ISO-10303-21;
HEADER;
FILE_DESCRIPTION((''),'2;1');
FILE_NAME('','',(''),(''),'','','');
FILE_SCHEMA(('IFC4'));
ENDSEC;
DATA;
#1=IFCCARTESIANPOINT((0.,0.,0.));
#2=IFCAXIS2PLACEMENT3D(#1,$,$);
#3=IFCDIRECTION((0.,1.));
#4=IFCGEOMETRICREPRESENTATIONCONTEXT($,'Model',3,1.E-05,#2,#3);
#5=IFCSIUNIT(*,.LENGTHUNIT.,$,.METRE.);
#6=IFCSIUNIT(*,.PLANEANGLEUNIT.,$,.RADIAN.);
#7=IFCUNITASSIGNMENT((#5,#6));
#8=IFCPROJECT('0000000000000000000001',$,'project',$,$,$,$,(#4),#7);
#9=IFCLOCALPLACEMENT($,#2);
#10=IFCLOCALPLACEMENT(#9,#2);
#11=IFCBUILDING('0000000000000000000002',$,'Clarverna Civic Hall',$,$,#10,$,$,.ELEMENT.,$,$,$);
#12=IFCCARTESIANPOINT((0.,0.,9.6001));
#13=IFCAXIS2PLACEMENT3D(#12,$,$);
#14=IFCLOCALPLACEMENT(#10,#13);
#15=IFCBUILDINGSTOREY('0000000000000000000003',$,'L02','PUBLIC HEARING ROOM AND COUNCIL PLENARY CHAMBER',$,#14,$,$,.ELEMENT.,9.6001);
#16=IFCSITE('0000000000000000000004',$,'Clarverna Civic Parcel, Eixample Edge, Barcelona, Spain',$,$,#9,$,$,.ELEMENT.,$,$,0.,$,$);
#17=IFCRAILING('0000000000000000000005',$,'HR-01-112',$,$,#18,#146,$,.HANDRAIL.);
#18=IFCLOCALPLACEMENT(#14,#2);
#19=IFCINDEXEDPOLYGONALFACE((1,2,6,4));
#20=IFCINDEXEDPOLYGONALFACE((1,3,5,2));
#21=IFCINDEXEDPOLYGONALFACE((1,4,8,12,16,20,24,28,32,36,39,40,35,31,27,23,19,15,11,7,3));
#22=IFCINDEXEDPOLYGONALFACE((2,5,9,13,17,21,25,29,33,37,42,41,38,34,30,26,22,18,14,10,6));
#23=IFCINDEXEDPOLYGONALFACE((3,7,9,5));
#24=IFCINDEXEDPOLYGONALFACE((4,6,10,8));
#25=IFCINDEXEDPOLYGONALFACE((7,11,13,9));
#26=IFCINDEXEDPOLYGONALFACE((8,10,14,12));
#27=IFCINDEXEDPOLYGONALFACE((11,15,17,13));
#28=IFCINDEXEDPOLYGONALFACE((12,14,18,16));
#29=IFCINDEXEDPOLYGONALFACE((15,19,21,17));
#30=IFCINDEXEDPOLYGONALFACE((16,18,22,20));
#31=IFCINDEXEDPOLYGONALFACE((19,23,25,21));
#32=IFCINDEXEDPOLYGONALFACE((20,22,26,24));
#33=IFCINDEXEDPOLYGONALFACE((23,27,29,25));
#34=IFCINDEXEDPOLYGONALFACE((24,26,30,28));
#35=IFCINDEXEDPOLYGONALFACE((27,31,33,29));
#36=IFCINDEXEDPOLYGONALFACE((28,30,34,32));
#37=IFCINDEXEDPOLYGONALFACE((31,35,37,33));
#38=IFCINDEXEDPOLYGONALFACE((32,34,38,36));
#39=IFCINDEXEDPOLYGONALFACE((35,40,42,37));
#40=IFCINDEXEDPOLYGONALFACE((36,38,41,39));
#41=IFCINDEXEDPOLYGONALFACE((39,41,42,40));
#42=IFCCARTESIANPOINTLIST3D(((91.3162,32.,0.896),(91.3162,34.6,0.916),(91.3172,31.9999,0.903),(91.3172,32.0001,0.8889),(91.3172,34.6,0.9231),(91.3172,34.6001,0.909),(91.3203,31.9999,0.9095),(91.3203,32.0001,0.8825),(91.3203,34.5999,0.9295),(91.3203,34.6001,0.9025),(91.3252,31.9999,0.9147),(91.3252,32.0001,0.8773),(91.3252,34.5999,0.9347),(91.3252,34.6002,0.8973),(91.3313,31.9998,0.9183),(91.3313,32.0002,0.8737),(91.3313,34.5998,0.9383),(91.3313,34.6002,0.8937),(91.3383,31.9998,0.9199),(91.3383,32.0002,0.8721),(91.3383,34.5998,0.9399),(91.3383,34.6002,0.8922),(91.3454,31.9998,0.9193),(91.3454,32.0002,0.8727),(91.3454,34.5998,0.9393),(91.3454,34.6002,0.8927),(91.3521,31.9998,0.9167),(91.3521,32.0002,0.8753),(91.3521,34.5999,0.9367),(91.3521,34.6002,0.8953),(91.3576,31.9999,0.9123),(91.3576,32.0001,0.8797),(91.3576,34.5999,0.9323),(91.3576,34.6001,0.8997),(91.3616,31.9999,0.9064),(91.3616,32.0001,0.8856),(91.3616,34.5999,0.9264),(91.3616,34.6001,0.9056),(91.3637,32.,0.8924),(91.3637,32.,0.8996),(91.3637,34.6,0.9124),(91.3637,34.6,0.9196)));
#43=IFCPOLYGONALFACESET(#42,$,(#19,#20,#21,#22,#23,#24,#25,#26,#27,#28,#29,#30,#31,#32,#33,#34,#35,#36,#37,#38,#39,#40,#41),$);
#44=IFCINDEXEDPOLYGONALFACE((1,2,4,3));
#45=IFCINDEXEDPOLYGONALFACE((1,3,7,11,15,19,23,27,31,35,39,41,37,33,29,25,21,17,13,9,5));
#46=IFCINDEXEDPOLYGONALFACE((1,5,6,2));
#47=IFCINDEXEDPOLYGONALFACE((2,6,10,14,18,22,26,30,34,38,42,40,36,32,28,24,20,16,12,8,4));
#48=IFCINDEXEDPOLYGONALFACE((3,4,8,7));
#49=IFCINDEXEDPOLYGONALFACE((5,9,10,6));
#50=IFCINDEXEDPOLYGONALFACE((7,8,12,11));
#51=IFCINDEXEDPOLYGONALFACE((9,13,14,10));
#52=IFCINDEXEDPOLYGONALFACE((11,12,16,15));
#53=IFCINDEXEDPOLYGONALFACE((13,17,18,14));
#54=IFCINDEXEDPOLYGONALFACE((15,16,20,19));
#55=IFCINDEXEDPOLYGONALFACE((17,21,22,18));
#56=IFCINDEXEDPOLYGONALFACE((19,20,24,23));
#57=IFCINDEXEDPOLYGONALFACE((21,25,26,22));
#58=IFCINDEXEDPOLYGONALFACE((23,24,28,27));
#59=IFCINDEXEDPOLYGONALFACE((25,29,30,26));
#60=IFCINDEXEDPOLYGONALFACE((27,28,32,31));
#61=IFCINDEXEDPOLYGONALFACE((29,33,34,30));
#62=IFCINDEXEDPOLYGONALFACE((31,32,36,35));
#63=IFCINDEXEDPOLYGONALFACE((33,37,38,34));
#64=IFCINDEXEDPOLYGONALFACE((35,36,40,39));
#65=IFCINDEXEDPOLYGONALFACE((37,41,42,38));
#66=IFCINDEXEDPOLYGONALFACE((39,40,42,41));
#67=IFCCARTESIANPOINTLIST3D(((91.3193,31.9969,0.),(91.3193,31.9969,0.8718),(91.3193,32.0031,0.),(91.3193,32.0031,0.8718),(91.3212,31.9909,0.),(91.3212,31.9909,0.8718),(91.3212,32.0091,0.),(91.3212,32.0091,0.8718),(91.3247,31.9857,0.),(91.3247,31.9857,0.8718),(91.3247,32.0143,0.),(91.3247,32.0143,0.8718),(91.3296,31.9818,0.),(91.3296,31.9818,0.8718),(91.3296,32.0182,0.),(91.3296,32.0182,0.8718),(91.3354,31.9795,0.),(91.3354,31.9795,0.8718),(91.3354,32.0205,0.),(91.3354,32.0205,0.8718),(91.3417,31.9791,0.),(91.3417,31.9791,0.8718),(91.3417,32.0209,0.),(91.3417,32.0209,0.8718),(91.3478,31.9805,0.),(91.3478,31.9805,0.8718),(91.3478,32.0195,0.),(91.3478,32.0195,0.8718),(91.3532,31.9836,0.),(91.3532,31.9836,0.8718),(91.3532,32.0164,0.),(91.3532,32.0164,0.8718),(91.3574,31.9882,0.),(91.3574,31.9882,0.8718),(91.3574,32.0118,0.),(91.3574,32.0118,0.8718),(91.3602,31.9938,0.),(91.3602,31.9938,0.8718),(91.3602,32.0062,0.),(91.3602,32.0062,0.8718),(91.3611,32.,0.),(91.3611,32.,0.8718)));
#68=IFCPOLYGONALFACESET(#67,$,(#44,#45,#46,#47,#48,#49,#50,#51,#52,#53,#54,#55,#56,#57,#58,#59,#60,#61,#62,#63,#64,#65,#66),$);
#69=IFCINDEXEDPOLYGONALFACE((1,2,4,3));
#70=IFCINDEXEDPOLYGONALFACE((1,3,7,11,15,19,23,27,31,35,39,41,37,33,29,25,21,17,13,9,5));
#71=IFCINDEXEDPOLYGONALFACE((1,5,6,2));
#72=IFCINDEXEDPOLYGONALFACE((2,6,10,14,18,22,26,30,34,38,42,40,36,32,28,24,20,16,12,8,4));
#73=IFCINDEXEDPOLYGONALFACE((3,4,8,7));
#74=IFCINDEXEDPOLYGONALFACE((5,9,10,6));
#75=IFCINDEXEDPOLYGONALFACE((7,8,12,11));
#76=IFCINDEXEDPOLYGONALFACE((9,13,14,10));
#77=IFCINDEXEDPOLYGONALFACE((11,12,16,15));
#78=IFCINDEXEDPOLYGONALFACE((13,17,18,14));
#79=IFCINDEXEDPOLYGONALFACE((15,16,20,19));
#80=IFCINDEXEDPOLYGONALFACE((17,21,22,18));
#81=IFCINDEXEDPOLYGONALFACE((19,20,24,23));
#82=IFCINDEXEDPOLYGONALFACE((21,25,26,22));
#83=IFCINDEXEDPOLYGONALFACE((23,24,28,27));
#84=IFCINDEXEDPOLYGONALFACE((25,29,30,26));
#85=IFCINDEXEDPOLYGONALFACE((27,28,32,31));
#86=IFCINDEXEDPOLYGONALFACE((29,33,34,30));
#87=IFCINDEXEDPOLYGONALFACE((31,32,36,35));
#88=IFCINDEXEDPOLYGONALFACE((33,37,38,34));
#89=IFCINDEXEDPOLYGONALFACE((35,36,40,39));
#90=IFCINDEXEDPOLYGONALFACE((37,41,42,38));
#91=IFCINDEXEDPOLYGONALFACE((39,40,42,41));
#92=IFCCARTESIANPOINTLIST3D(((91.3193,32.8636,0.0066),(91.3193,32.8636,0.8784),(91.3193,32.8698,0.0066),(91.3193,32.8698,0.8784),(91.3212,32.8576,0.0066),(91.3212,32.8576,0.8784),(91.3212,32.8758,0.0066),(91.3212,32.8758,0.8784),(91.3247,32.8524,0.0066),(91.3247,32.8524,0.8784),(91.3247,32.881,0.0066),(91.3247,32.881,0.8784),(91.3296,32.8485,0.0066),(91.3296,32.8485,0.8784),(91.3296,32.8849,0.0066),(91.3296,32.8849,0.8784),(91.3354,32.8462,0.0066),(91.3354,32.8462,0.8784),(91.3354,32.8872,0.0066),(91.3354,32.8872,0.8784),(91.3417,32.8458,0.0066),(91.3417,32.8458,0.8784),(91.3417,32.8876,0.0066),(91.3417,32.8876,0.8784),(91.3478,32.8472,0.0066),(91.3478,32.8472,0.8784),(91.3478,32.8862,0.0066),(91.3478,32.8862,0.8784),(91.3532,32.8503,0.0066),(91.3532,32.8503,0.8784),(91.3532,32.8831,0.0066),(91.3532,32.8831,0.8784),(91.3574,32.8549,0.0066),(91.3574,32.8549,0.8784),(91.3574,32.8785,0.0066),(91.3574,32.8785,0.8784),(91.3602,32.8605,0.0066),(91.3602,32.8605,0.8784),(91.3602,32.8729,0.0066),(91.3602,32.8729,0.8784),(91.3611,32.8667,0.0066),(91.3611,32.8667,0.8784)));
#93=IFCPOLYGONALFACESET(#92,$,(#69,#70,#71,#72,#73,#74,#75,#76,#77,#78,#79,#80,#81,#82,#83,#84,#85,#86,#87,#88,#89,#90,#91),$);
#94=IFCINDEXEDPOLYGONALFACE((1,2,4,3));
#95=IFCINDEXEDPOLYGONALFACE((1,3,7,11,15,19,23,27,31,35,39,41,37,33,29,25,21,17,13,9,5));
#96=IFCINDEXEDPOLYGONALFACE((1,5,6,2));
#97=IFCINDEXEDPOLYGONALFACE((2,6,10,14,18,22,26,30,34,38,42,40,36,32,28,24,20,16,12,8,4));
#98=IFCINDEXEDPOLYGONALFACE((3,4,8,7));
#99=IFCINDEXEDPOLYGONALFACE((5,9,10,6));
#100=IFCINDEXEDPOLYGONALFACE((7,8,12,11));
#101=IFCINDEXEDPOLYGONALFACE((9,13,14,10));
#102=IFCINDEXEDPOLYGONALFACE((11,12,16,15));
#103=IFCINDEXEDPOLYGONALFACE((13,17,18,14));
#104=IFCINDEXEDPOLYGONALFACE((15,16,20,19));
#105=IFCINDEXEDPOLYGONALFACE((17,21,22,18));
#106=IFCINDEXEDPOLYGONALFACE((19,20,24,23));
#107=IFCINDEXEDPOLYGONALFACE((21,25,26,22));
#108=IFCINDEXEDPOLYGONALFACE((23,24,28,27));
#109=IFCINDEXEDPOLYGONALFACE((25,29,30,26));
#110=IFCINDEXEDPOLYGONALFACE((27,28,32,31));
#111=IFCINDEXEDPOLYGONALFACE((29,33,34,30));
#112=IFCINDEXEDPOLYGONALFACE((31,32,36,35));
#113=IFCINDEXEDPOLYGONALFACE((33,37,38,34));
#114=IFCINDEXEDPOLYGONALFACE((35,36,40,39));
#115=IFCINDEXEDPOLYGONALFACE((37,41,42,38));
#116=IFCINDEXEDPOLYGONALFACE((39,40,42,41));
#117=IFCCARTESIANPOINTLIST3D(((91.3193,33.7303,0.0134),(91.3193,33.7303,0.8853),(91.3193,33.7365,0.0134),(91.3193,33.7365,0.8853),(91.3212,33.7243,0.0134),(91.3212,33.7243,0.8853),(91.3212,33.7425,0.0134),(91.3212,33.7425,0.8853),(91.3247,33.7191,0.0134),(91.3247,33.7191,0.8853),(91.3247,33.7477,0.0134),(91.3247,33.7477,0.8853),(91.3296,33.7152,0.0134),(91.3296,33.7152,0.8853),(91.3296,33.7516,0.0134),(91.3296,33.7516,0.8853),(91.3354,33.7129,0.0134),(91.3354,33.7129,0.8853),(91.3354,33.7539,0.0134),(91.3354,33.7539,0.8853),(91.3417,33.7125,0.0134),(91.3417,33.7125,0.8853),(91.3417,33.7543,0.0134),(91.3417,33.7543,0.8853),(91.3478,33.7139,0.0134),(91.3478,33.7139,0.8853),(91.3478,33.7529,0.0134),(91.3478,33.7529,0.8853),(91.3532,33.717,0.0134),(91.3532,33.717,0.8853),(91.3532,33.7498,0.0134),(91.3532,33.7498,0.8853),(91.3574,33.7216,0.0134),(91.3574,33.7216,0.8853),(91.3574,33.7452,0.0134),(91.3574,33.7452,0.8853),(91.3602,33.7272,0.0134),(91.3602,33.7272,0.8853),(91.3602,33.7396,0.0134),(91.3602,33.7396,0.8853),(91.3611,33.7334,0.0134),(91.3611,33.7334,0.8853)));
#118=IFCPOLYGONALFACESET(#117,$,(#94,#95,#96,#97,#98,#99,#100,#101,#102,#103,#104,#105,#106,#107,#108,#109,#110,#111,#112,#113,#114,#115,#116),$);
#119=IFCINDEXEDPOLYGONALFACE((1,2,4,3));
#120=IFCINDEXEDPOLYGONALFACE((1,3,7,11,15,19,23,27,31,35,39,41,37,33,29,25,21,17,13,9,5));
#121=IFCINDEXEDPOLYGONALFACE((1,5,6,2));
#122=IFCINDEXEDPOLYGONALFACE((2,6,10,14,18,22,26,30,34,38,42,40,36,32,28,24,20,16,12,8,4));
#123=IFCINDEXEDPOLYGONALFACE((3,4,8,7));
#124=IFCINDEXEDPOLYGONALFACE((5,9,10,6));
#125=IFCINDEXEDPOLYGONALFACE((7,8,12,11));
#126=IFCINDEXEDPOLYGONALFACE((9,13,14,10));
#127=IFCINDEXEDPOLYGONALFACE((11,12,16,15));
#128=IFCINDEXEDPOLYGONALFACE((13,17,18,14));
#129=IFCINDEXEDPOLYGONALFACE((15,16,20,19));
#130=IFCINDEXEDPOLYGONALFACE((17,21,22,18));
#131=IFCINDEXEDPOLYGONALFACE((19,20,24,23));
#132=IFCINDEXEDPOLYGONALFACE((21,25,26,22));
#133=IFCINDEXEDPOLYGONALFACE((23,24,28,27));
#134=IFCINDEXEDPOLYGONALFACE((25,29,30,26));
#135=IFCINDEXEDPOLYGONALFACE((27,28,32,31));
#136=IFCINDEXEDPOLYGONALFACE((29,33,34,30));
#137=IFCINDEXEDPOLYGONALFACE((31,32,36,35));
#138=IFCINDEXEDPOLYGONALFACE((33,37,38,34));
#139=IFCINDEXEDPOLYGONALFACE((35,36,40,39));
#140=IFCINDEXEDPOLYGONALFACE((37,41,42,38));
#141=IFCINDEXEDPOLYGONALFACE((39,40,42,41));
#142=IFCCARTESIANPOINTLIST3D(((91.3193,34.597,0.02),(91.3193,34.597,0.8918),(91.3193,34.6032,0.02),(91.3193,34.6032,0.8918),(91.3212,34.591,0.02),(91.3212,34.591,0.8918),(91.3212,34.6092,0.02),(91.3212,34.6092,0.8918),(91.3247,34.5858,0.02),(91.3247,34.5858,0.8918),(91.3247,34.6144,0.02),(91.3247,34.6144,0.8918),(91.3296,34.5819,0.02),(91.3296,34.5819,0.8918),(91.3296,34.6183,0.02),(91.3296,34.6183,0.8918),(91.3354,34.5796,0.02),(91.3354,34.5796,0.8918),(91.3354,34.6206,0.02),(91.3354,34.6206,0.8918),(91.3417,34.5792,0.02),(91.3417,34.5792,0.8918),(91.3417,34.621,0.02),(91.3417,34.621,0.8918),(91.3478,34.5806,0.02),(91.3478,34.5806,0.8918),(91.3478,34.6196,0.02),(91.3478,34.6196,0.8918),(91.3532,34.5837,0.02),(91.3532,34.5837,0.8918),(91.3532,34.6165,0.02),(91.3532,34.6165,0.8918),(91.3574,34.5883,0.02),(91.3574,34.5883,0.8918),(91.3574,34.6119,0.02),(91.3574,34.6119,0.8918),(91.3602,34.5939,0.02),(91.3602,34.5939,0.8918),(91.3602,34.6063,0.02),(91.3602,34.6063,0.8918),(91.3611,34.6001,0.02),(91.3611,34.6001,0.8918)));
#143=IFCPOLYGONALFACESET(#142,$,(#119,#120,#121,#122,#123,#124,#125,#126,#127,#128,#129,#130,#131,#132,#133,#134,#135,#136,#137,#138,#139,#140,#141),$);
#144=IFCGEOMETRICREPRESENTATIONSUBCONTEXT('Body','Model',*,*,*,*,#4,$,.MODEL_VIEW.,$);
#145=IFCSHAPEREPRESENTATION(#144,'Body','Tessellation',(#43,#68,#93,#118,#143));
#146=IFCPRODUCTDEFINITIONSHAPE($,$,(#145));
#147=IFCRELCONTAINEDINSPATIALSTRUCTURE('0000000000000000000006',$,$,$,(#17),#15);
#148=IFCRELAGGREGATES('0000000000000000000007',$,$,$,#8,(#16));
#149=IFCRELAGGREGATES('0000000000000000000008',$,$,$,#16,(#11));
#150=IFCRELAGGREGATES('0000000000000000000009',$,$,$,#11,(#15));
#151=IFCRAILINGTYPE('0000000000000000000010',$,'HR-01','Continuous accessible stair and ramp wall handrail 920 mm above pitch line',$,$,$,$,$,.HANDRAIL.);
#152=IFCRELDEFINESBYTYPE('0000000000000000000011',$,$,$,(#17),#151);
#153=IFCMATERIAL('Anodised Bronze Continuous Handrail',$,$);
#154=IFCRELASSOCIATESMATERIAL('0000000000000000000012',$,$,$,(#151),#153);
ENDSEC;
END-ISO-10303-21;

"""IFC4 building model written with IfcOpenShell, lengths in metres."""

from ifc_helpers import new_model, si_unit, direction, frame, origin, origin_2d, place, context, subcontext, project, spatial, circle, extrude, material, type_object, element, save


model = new_model("IFC4")

# Units and contexts
model_context = context("Model", 3, precision=1e-05, world=origin(), true_north=direction((0.0, 1.0)))
body_context = subcontext(model_context, "Body", "Model", "MODEL_VIEW")
ifc_project = project(units=[si_unit("LENGTHUNIT", "METRE"), si_unit("PLANEANGLEUNIT", "RADIAN")], contexts=[model_context])

# Site, building, storey
site_placement = place(None, origin())
site = spatial("IfcSite", under=ifc_project, at=site_placement, Name="Clarverna Civic Parcel, Eixample Edge, Barcelona, Spain", CompositionType="ELEMENT", RefElevation=0.0)
building_placement = place(site_placement, origin())
building = spatial("IfcBuilding", under=site, at=building_placement, Name="Clarverna Civic Hall", CompositionType="ELEMENT")
storey_placement = place(building_placement, frame((0.0, 0.0, 9.6001)))
storey = spatial("IfcBuildingStorey", under=building, at=storey_placement, Name="L02", Description="PUBLIC HEARING ROOM AND COUNCIL PLENARY CHAMBER", CompositionType="ELEMENT", Elevation=9.6001)

# Railing
ifc_material_1 = material(Name="Anodised Bronze Continuous Handrail")
railing_type = type_object("IfcRailingType", Name="HR-01", Description="Continuous accessible stair and ramp wall handrail 920 mm above pitch line", PredefinedType="HANDRAIL", material=ifc_material_1)
for number, where, name in (
    (1, (91.3401, 32.0, 0.0), "HR-01-112"),
):
    element("IfcRailing", number, at=place(storey_placement, frame(where)), inside=storey, type_object=railing_type, Name=name, PredefinedType="HANDRAIL", context=body_context, shape_type="SweptSolid", body=[
        extrude(circle(Radius=0.0239, at=origin_2d()), frame((0.0, 0.0, 0.896), z_axis=(0.0, 0.99997, 0.007699), x_axis=(-1.0, 0.0, 0.0)), (0.0, 0.0, 1.0), 2.6001),
        extrude(circle(Radius=0.021, at=origin_2d()), origin(), (0.0, 0.0, 1.0), 0.8718),
        extrude(circle(Radius=0.021, at=origin_2d()), frame((0.0, 0.8667, 0.0066)), (0.0, 0.0, 1.0), 0.8718),
        extrude(circle(Radius=0.021, at=origin_2d()), frame((0.0, 1.7334, 0.0134)), (0.0, 0.0, 1.0), 0.8718),
        extrude(circle(Radius=0.021, at=origin_2d()), frame((0.0, 2.6001, 0.02)), (0.0, 0.0, 1.0), 0.8718),
    ])

save(model, "model.ifc")
